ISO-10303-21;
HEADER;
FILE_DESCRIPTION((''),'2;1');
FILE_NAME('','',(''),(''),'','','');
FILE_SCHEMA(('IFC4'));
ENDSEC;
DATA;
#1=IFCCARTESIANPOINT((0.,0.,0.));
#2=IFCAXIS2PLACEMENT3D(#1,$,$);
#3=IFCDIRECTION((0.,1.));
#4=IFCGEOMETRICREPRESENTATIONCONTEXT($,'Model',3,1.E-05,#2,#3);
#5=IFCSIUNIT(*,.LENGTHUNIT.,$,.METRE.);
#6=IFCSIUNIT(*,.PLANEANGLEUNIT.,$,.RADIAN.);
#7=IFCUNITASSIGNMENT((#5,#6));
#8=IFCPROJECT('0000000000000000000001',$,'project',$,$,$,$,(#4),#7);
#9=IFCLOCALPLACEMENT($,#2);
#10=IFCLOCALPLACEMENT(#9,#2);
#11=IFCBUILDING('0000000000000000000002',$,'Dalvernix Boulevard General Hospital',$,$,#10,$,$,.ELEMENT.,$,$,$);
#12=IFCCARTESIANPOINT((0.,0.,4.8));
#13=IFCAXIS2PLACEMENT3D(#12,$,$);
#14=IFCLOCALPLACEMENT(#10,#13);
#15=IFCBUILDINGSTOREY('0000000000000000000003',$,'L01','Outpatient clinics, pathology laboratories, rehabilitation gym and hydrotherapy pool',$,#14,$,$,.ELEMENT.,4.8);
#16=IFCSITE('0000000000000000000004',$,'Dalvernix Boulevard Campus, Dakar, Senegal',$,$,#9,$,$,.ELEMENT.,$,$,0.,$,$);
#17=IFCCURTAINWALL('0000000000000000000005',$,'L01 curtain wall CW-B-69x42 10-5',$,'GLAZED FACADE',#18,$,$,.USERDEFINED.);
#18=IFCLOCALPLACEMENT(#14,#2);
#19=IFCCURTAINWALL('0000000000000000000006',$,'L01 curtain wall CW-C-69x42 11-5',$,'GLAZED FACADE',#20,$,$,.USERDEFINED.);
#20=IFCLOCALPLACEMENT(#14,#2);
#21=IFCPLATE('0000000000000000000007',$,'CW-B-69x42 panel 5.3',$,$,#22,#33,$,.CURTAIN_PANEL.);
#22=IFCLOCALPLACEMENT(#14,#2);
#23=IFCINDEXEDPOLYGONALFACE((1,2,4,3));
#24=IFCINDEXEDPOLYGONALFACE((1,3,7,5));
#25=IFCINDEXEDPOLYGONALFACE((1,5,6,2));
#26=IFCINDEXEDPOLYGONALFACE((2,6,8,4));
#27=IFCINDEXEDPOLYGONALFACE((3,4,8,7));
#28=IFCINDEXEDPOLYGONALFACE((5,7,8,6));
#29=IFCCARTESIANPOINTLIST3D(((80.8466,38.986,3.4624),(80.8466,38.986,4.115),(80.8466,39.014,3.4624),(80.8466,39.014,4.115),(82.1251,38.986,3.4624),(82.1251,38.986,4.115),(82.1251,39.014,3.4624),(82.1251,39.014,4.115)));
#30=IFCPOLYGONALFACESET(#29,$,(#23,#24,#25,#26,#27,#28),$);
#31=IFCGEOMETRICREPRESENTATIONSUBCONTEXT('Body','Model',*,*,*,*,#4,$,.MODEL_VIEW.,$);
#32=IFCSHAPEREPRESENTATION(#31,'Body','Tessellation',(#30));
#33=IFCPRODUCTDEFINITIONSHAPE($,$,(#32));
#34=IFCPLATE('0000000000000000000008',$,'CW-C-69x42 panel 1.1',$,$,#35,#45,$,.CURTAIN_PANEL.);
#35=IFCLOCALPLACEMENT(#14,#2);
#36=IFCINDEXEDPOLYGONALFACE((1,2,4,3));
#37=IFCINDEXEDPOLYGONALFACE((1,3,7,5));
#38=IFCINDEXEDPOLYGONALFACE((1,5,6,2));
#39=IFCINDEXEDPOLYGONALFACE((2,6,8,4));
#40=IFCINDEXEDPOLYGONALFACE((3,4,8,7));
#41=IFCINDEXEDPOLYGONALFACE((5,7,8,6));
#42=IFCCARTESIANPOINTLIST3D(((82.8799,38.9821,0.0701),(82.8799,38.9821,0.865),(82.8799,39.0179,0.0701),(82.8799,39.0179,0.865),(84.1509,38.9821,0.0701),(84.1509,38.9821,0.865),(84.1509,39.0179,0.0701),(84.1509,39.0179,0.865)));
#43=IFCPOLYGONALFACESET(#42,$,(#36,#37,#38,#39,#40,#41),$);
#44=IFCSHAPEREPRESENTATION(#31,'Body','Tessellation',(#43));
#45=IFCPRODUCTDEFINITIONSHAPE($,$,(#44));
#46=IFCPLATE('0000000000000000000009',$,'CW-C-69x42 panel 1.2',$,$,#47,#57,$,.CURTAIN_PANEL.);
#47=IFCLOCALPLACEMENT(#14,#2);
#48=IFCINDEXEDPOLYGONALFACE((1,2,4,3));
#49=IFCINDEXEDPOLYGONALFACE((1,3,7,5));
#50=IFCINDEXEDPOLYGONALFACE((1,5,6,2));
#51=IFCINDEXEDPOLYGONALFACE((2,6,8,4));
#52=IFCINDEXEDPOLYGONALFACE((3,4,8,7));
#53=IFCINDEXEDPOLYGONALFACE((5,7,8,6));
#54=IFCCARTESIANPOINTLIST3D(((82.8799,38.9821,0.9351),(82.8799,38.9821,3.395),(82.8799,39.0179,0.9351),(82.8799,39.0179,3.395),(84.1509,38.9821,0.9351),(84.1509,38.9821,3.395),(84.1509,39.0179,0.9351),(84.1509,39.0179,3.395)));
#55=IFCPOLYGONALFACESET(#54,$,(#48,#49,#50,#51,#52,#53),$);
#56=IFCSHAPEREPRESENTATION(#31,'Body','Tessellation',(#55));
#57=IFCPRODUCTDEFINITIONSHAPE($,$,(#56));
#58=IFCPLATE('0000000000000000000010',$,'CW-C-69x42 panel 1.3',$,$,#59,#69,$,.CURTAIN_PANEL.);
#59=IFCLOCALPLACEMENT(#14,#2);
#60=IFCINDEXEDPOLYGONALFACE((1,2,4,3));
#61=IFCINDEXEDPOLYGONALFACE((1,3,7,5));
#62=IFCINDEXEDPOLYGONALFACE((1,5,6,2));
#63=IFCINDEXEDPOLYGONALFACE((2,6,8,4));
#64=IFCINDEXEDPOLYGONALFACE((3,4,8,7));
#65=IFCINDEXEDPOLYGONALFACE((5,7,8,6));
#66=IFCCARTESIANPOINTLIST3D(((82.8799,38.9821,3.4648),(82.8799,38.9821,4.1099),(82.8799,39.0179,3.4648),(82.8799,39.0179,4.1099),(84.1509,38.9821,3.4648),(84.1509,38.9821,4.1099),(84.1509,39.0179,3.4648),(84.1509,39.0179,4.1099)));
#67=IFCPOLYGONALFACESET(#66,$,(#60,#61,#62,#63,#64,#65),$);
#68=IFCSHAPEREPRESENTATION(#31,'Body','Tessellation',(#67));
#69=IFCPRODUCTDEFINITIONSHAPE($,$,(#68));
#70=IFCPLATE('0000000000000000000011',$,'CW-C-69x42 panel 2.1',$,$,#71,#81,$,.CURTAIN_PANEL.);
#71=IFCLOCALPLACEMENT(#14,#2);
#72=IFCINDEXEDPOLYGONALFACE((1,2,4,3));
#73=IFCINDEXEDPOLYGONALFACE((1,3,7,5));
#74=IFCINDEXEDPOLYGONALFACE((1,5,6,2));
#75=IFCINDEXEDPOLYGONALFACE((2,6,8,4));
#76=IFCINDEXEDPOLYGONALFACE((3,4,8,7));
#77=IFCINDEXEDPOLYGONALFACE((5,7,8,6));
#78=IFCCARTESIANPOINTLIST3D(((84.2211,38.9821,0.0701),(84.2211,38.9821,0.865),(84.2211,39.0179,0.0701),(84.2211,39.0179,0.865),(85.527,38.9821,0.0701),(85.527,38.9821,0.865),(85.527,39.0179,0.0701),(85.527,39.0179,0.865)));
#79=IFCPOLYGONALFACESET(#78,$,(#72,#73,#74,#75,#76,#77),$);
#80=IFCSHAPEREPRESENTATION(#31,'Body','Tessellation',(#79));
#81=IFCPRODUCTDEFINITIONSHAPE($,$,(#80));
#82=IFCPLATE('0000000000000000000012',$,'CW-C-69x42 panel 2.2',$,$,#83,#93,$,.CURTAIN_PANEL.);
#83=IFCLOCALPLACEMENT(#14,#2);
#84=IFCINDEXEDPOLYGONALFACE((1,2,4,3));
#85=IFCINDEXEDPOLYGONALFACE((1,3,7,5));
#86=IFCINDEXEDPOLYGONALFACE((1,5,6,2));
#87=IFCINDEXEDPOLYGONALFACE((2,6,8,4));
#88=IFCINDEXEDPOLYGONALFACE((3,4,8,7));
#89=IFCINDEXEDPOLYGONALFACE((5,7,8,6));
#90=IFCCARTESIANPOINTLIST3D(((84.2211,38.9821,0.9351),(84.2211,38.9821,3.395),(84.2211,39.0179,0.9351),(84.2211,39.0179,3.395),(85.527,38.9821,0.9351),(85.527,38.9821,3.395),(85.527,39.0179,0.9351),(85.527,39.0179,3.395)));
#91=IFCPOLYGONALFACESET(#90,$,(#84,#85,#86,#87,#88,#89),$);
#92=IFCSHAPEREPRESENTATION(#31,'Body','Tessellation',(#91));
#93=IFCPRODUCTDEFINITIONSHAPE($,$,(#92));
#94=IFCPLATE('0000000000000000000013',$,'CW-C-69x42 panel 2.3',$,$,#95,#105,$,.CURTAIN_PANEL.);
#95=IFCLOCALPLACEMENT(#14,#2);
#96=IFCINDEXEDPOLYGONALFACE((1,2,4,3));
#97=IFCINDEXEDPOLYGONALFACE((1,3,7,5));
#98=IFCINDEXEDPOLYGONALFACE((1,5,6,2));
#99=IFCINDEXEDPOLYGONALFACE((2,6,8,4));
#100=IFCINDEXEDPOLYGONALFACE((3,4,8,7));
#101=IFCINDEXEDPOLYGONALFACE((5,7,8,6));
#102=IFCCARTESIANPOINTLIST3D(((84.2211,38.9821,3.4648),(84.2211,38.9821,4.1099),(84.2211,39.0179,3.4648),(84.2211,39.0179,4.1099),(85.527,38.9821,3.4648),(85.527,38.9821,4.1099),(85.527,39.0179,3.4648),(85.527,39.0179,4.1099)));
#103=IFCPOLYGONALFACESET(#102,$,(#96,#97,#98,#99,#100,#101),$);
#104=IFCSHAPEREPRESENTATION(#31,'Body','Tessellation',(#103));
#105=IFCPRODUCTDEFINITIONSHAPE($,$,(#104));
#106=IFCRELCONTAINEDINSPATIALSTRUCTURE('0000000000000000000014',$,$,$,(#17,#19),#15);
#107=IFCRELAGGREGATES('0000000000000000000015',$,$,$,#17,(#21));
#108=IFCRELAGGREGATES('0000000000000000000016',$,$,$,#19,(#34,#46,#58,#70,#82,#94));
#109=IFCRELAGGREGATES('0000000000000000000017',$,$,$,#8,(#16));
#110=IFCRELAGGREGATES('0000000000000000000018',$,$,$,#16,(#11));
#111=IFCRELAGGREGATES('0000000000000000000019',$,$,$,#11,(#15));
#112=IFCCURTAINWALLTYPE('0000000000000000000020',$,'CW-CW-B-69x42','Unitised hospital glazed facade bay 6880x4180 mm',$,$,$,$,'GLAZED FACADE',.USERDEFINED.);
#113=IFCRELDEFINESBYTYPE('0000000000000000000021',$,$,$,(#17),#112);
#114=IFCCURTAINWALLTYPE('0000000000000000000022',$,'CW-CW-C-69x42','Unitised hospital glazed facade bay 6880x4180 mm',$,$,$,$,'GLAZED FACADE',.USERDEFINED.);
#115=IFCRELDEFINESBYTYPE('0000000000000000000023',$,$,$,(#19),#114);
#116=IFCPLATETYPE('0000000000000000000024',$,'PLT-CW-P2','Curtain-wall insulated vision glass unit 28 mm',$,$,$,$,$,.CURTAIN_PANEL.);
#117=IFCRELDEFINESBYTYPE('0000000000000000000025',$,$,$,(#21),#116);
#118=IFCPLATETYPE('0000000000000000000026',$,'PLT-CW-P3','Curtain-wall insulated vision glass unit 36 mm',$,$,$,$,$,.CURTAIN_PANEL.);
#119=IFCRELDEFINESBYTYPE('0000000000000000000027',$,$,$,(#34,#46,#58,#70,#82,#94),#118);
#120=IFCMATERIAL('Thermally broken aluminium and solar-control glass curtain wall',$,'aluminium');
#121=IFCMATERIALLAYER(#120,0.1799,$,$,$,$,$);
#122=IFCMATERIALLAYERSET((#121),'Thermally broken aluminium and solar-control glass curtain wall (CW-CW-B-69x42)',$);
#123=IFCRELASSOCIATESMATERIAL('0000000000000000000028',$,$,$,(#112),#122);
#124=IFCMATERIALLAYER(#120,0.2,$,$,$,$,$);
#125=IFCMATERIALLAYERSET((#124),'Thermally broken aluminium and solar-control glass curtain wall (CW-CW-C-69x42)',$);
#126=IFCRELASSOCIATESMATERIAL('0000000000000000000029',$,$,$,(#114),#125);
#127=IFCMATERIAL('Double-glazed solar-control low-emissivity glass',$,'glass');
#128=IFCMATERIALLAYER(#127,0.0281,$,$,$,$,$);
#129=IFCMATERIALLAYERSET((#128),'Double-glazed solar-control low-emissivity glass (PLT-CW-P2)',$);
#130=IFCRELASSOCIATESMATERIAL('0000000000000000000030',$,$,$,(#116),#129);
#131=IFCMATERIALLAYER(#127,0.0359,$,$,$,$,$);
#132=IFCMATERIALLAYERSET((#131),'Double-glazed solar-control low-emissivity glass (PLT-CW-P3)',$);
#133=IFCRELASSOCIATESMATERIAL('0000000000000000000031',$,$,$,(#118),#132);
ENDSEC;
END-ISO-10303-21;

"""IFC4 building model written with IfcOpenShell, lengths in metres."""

from ifc_helpers import new_model, si_unit, direction, frame, origin, origin_2d, place, context, subcontext, project, spatial, rectangle, extrude, material, layer, layer_set, type_object, element, aggregate, save


model = new_model("IFC4")

# Units and contexts
model_context = context("Model", 3, precision=1e-05, world=origin(), true_north=direction((0.0, 1.0)))
body_context = subcontext(model_context, "Body", "Model", "MODEL_VIEW")
ifc_project = project(units=[si_unit("LENGTHUNIT", "METRE"), si_unit("PLANEANGLEUNIT", "RADIAN")], contexts=[model_context])

# Site, building, storey
site_placement = place(None, origin())
site = spatial("IfcSite", under=ifc_project, at=site_placement, Name="Dalvernix Boulevard Campus, Dakar, Senegal", CompositionType="ELEMENT", RefElevation=0.0)
building_placement = place(site_placement, origin())
building = spatial("IfcBuilding", under=site, at=building_placement, Name="Dalvernix Boulevard General Hospital", CompositionType="ELEMENT")
storey_placement = place(building_placement, frame((0.0, 0.0, 4.8)))
storey = spatial("IfcBuildingStorey", under=building, at=storey_placement, Name="L01", Description="Outpatient clinics, pathology laboratories, rehabilitation gym and hydrotherapy pool", CompositionType="ELEMENT", Elevation=4.8)

# Curtain wall
ifc_material_1 = material(Name="Thermally broken aluminium and solar-control glass curtain wall", Category="aluminium")
ifc_layer_1 = layer(ifc_material_1, 0.1799)
ifc_layer_set_1 = layer_set([ifc_layer_1], Name="Thermally broken aluminium and solar-control glass curtain wall (CW-CW-B-69x42)")
curtain_wall_type_1 = type_object("IfcCurtainWallType", Name="CW-CW-B-69x42", Description="Unitised hospital glazed facade bay 6880x4180 mm", ElementType="GLAZED FACADE", PredefinedType="USERDEFINED", material=ifc_layer_set_1)
curtain_wall_1_placement = place(storey_placement, origin())
curtain_wall_1 = element("IfcCurtainWall", 1, at=curtain_wall_1_placement, inside=storey, type_object=curtain_wall_type_1, Name="L01 curtain wall CW-B-69x42 10-5", ObjectType="GLAZED FACADE", PredefinedType="USERDEFINED")

# Curtain wall
ifc_layer_2 = layer(ifc_material_1, 0.2)
ifc_layer_set_2 = layer_set([ifc_layer_2], Name="Thermally broken aluminium and solar-control glass curtain wall (CW-CW-C-69x42)")
curtain_wall_type_2 = type_object("IfcCurtainWallType", Name="CW-CW-C-69x42", Description="Unitised hospital glazed facade bay 6880x4180 mm", ElementType="GLAZED FACADE", PredefinedType="USERDEFINED", material=ifc_layer_set_2)
curtain_wall_2_placement = place(storey_placement, origin())
curtain_wall_2 = element("IfcCurtainWall", 2, at=curtain_wall_2_placement, inside=storey, type_object=curtain_wall_type_2, Name="L01 curtain wall CW-C-69x42 11-5", ObjectType="GLAZED FACADE", PredefinedType="USERDEFINED")

# Plates
ifc_material_2 = material(Name="Double-glazed solar-control low-emissivity glass", Category="glass")
ifc_layer_3 = layer(ifc_material_2, 0.0281)
ifc_layer_set_3 = layer_set([ifc_layer_3], Name="Double-glazed solar-control low-emissivity glass (PLT-CW-P2)")
plate_type_1 = type_object("IfcPlateType", Name="PLT-CW-P2", Description="Curtain-wall insulated vision glass unit 28 mm", PredefinedType="CURTAIN_PANEL", material=ifc_layer_set_3)
plate_1_placement = place(storey_placement, frame((81.4858, 39.0, 3.4624), z_axis=(0.0, 0.0, 1.0), x_axis=(1.0, 0.0, 0.0)))
plate_1 = element("IfcPlate", 3, at=plate_1_placement, type_object=plate_type_1, Name="CW-B-69x42 panel 5.3", PredefinedType="CURTAIN_PANEL", context=body_context, shape_type="SweptSolid", body=[
    extrude(rectangle(XDim=1.2786, YDim=0.0281, at=origin_2d()), origin(), (0.0, 0.0, 1.0), 0.6526),
])
aggregate(curtain_wall_1, [plate_1])
ifc_layer_4 = layer(ifc_material_2, 0.0359)
ifc_layer_set_4 = layer_set([ifc_layer_4], Name="Double-glazed solar-control low-emissivity glass (PLT-CW-P3)")
plate_type_2 = type_object("IfcPlateType", Name="PLT-CW-P3", Description="Curtain-wall insulated vision glass unit 36 mm", PredefinedType="CURTAIN_PANEL", material=ifc_layer_set_4)
plate_2_placement = place(storey_placement, frame((83.5154, 39.0, 0.0701), z_axis=(0.0, 0.0, 1.0), x_axis=(1.0, 0.0, 0.0)))
plate_2 = element("IfcPlate", 4, at=plate_2_placement, type_object=plate_type_2, Name="CW-C-69x42 panel 1.1", PredefinedType="CURTAIN_PANEL", context=body_context, shape_type="SweptSolid", body=[
    extrude(rectangle(XDim=1.271, YDim=0.0359, at=origin_2d()), origin(), (0.0, 0.0, 1.0), 0.7949),
])
plate_3_placement = place(storey_placement, frame((83.5154, 39.0, 0.9351), z_axis=(0.0, 0.0, 1.0), x_axis=(1.0, 0.0, 0.0)))
plate_3 = element("IfcPlate", 5, at=plate_3_placement, type_object=plate_type_2, Name="CW-C-69x42 panel 1.2", PredefinedType="CURTAIN_PANEL", context=body_context, shape_type="SweptSolid", body=[
    extrude(rectangle(XDim=1.271, YDim=0.0359, at=origin_2d()), origin(), (0.0, 0.0, 1.0), 2.46),
])
plate_4_placement = place(storey_placement, frame((83.5154, 39.0, 3.4648), z_axis=(0.0, 0.0, 1.0), x_axis=(1.0, 0.0, 0.0)))
plate_4 = element("IfcPlate", 6, at=plate_4_placement, type_object=plate_type_2, Name="CW-C-69x42 panel 1.3", PredefinedType="CURTAIN_PANEL", context=body_context, shape_type="SweptSolid", body=[
    extrude(rectangle(XDim=1.271, YDim=0.0359, at=origin_2d()), origin(), (0.0, 0.0, 1.0), 0.645),
])
plate_5_placement = place(storey_placement, frame((84.874, 39.0, 0.0701), z_axis=(0.0, 0.0, 1.0), x_axis=(1.0, 0.0, 0.0)))
plate_5 = element("IfcPlate", 7, at=plate_5_placement, type_object=plate_type_2, Name="CW-C-69x42 panel 2.1", PredefinedType="CURTAIN_PANEL", context=body_context, shape_type="SweptSolid", body=[
    extrude(rectangle(XDim=1.3059, YDim=0.0359, at=origin_2d()), origin(), (0.0, 0.0, 1.0), 0.7949),
])
plate_6_placement = place(storey_placement, frame((84.874, 39.0, 0.9351), z_axis=(0.0, 0.0, 1.0), x_axis=(1.0, 0.0, 0.0)))
plate_6 = element("IfcPlate", 8, at=plate_6_placement, type_object=plate_type_2, Name="CW-C-69x42 panel 2.2", PredefinedType="CURTAIN_PANEL", context=body_context, shape_type="SweptSolid", body=[
    extrude(rectangle(XDim=1.3059, YDim=0.0359, at=origin_2d()), origin(), (0.0, 0.0, 1.0), 2.46),
])
plate_7_placement = place(storey_placement, frame((84.874, 39.0, 3.4648), z_axis=(0.0, 0.0, 1.0), x_axis=(1.0, 0.0, 0.0)))
plate_7 = element("IfcPlate", 9, at=plate_7_placement, type_object=plate_type_2, Name="CW-C-69x42 panel 2.3", PredefinedType="CURTAIN_PANEL", context=body_context, shape_type="SweptSolid", body=[
    extrude(rectangle(XDim=1.3059, YDim=0.0359, at=origin_2d()), origin(), (0.0, 0.0, 1.0), 0.645),
])
aggregate(curtain_wall_2, [plate_2, plate_3, plate_4, plate_5, plate_6, plate_7])

save(model, "model.ifc")
